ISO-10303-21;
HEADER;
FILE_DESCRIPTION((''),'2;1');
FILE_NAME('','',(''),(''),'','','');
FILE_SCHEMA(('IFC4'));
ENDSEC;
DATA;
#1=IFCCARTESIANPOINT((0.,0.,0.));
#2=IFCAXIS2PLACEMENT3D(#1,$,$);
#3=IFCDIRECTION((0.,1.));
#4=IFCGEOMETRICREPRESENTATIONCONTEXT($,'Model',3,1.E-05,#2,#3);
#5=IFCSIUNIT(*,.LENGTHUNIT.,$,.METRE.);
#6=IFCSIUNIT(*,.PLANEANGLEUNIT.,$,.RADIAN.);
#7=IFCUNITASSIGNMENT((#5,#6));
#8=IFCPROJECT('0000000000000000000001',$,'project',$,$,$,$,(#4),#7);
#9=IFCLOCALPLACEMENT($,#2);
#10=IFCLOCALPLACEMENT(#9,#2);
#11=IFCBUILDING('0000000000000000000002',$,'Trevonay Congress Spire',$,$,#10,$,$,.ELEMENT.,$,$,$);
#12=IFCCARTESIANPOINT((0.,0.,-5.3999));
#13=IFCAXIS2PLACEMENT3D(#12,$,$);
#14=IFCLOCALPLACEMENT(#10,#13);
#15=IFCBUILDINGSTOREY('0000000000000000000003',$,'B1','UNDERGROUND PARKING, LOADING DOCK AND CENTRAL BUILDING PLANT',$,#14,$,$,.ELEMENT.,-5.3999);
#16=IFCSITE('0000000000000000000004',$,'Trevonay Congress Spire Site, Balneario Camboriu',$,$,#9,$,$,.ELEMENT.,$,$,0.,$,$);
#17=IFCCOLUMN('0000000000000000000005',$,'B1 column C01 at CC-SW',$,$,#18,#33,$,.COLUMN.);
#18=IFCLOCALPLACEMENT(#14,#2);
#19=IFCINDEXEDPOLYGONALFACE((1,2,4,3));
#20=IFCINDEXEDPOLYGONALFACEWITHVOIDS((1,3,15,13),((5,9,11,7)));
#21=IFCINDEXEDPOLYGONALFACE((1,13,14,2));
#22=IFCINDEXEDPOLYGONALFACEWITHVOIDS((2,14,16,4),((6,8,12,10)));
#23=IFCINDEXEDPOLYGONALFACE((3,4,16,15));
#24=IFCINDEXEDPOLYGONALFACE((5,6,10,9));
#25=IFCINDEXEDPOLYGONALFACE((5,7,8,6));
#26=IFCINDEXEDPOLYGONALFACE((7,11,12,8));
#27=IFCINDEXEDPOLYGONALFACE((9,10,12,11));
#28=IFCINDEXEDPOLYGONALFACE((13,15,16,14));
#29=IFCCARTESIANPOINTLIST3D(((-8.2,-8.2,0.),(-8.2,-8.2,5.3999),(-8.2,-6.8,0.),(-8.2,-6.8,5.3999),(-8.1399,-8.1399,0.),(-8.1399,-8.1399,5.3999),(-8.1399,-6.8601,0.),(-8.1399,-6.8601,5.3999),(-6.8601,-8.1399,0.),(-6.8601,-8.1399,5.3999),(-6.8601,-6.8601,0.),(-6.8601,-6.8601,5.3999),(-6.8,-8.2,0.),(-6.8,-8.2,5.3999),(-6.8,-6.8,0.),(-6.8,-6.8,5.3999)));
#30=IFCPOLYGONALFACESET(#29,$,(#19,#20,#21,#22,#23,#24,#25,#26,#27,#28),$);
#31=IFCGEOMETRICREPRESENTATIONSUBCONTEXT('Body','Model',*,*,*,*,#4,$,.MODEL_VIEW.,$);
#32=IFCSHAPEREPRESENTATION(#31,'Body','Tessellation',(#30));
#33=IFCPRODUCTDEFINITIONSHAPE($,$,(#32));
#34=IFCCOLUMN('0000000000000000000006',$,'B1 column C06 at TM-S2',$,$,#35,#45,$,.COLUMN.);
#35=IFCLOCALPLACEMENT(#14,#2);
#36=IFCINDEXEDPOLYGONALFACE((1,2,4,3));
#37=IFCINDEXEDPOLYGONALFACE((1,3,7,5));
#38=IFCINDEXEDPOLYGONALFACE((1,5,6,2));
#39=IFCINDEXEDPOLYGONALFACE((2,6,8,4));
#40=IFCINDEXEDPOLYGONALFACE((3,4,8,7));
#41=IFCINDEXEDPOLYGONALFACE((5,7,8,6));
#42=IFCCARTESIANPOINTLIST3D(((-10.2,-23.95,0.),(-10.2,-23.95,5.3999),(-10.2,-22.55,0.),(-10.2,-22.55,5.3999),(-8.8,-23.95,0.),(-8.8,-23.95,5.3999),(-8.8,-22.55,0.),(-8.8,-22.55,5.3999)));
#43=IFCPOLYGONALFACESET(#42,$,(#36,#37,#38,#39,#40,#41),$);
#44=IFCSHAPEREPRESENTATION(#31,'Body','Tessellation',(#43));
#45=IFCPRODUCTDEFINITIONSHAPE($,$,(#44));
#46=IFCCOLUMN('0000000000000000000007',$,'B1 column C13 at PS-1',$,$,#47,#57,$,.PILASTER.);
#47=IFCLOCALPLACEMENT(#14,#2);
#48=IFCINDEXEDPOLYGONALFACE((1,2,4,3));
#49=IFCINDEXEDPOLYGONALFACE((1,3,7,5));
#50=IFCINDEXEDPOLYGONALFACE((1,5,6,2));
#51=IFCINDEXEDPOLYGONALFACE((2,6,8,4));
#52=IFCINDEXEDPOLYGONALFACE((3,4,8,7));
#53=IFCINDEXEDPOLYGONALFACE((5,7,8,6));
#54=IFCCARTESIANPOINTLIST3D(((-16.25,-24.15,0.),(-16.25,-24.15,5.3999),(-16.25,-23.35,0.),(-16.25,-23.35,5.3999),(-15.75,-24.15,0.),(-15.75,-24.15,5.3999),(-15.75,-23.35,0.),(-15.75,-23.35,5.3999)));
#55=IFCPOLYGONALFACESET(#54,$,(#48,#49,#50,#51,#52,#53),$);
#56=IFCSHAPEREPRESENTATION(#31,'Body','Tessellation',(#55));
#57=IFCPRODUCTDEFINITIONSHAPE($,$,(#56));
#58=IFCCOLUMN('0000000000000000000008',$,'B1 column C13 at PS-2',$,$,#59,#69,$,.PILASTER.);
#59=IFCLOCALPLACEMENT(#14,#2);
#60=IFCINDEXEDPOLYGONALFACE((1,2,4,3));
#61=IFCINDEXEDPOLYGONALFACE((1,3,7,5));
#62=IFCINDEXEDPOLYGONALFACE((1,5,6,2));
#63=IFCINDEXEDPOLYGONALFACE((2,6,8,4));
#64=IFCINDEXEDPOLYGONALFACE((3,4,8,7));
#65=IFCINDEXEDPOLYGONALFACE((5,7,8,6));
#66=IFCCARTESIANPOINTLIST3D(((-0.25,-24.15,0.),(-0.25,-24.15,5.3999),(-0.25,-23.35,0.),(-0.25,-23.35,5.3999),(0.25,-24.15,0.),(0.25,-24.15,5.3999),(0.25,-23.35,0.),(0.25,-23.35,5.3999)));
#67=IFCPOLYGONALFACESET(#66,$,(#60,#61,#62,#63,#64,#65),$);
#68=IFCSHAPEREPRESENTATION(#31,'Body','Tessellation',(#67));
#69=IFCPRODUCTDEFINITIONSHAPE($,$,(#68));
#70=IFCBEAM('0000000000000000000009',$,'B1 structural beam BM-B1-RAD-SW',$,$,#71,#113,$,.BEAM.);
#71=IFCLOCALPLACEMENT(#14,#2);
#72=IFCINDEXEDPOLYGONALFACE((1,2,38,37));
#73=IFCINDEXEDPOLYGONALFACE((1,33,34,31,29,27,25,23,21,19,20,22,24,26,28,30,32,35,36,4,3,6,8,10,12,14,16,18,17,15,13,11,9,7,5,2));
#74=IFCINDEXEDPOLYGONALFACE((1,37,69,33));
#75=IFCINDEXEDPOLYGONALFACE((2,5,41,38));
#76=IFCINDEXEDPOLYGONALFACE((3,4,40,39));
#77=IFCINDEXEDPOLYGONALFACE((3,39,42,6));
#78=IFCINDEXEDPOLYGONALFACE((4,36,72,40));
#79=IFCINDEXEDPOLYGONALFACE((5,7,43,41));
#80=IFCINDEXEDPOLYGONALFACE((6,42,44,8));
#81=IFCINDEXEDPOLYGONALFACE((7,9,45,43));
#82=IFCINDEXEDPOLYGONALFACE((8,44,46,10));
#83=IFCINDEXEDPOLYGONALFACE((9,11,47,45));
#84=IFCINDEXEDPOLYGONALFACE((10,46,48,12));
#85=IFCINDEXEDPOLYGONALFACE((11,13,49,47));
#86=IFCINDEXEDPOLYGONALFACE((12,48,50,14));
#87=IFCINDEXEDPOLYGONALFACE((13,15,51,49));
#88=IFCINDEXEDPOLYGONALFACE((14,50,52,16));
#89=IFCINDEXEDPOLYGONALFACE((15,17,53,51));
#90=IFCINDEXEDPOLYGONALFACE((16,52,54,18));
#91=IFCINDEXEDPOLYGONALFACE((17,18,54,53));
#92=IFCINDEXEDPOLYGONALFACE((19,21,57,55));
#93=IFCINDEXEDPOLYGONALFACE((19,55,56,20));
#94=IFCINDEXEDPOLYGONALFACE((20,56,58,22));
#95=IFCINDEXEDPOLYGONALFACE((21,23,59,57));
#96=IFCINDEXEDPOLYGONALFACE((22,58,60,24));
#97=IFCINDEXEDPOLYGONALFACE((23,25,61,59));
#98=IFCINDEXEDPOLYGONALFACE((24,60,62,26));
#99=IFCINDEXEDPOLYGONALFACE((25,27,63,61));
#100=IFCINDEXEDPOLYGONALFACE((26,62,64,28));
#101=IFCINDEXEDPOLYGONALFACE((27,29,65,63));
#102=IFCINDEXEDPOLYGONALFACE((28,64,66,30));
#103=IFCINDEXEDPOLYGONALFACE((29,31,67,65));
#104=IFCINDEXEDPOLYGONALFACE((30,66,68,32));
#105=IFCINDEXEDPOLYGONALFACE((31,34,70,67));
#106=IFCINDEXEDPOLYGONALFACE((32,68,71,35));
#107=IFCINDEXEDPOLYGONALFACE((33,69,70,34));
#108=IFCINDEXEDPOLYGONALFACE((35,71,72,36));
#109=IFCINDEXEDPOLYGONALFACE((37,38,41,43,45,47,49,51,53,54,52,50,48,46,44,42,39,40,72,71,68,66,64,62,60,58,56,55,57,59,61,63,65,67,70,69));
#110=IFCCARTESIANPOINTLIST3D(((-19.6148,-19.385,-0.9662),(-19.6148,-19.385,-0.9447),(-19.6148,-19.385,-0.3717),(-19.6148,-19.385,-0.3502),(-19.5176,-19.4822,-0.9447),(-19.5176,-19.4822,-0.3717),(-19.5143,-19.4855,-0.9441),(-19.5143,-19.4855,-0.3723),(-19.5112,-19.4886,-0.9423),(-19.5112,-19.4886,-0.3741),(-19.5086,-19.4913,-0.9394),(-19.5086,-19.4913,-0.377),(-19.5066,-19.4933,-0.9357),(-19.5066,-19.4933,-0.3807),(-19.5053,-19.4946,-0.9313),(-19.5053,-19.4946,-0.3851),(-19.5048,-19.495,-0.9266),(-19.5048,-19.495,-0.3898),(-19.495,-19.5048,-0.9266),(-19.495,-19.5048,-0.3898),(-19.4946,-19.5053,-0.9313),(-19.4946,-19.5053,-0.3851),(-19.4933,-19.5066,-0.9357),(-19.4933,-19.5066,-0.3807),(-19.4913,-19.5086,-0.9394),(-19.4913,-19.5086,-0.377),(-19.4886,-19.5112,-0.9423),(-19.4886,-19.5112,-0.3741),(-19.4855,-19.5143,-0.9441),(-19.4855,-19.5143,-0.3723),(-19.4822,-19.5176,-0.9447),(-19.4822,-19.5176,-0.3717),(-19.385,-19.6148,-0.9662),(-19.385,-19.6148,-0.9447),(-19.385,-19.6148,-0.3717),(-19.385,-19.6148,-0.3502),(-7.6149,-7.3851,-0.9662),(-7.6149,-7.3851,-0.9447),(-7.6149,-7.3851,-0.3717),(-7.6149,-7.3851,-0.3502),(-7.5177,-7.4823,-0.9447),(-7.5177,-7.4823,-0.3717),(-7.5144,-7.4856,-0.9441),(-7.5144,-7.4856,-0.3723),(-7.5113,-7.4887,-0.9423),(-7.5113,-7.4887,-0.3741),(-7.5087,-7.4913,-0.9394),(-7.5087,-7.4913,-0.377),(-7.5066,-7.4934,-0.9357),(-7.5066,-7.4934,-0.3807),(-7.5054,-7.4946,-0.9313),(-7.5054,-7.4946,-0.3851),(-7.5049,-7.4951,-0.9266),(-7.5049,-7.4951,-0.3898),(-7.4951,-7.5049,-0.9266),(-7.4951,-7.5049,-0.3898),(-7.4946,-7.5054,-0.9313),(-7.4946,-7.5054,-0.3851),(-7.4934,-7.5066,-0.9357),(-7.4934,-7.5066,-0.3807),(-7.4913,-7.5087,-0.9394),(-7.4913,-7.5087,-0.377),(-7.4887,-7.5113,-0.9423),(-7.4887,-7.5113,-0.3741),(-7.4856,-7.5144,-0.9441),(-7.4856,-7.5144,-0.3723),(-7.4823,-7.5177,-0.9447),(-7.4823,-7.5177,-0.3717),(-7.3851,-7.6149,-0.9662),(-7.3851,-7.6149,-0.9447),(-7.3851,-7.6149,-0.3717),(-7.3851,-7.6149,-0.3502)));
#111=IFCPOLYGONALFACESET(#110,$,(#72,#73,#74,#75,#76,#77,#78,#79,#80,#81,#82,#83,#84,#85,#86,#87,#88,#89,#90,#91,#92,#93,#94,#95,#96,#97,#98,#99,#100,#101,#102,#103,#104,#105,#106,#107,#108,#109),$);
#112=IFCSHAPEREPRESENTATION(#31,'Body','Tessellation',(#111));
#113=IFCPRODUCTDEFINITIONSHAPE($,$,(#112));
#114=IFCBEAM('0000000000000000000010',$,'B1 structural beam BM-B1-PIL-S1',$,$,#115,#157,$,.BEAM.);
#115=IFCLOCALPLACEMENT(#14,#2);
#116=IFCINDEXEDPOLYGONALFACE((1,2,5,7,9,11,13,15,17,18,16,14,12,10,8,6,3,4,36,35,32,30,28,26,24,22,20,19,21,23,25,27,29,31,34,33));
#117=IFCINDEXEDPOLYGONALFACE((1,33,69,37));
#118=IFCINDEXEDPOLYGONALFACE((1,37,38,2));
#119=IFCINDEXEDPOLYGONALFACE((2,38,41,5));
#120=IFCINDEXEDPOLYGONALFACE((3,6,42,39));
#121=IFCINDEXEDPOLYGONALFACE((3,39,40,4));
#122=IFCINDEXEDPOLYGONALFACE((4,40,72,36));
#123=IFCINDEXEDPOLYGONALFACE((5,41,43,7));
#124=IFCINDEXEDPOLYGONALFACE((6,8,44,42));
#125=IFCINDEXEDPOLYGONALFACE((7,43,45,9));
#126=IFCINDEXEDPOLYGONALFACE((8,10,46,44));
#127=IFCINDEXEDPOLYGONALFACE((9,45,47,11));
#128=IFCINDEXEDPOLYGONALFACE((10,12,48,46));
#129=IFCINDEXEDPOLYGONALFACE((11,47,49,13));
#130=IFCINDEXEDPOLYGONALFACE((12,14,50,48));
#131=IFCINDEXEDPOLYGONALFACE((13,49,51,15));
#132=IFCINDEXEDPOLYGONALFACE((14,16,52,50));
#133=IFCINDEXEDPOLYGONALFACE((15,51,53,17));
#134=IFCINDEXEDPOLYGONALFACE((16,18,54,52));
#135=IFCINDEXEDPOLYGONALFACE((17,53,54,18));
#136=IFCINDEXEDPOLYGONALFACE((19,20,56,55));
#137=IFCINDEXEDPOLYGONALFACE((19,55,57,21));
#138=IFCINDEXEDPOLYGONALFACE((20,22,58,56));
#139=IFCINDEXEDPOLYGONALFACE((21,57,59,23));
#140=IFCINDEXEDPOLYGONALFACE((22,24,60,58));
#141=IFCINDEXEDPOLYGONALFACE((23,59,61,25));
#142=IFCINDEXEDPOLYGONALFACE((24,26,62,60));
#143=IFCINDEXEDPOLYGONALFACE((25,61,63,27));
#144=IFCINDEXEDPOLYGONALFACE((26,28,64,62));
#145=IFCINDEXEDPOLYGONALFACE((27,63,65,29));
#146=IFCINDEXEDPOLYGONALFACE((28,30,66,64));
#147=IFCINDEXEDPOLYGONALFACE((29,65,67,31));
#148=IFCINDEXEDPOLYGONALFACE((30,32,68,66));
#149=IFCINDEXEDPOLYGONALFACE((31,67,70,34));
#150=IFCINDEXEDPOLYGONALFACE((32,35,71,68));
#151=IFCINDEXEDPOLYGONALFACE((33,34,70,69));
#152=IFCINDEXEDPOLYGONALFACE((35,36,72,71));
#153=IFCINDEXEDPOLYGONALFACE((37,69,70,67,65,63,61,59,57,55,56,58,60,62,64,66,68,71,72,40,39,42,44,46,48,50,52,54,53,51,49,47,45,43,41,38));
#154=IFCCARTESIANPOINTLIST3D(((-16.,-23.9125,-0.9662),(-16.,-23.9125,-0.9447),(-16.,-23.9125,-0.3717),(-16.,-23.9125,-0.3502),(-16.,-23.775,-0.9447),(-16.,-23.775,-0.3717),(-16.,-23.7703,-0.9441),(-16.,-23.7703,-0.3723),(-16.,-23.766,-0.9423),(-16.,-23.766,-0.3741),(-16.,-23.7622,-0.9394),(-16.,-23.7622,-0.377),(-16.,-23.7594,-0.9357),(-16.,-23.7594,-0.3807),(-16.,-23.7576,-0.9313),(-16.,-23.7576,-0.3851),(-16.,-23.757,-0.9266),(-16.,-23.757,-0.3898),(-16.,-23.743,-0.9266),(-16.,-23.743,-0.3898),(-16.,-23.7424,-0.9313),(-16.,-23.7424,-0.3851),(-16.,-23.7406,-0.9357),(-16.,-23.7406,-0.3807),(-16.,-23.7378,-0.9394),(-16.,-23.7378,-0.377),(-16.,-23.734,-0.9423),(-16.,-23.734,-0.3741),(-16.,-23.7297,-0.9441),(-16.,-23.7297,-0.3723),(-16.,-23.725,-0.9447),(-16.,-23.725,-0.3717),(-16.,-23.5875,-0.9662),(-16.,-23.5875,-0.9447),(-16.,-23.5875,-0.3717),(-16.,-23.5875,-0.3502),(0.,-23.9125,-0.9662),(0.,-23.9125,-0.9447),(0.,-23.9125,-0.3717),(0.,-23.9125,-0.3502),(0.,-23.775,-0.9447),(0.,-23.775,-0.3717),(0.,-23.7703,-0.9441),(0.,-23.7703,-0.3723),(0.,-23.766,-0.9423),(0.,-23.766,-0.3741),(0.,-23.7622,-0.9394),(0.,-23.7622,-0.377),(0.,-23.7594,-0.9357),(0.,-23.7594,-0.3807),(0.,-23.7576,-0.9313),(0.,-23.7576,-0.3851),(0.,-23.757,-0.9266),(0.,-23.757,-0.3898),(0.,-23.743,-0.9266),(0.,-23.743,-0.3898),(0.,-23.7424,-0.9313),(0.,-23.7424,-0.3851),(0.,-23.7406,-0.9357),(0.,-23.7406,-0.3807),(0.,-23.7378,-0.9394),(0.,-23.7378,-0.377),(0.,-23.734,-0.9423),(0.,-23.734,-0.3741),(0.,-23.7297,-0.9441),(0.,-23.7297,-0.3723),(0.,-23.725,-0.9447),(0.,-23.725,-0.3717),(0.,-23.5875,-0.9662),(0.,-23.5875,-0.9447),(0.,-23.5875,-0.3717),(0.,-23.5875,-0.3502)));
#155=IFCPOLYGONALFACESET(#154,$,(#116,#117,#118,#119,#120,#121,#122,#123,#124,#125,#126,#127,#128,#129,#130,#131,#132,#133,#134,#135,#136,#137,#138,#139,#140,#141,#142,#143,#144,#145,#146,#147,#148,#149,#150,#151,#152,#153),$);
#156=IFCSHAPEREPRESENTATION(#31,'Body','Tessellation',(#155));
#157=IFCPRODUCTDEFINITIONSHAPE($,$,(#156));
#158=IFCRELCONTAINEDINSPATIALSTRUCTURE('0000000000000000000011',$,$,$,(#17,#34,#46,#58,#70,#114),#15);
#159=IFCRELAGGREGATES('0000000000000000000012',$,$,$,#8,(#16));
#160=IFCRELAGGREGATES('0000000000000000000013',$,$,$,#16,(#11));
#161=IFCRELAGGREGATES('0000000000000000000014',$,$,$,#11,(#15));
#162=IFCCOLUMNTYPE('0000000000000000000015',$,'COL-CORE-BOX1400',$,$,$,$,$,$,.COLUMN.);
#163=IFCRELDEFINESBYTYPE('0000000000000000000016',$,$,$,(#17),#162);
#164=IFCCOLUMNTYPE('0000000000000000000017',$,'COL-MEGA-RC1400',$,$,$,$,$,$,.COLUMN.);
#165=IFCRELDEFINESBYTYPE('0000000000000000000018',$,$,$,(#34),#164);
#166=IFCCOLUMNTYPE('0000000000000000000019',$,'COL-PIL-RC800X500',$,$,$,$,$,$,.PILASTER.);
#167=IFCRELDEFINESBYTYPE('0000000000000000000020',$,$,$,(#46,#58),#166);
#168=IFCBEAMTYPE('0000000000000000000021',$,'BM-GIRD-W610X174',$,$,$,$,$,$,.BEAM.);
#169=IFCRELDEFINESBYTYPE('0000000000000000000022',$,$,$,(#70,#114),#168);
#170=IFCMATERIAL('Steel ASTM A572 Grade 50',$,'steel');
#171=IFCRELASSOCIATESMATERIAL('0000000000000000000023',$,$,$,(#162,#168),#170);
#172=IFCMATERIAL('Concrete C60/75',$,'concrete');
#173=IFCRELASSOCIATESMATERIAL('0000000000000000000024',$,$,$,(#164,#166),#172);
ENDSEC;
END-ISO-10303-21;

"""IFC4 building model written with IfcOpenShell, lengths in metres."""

from ifc_helpers import new_model, si_unit, direction, frame, origin, origin_2d, place, context, subcontext, project, spatial, rectangle, hollow_rectangle, i_section, extrude, material, material_profile, profile_set, type_object, element, save


model = new_model("IFC4")

# Units and contexts
model_context = context("Model", 3, precision=1e-05, world=origin(), true_north=direction((0.0, 1.0)))
body_context = subcontext(model_context, "Body", "Model", "MODEL_VIEW")
ifc_project = project(units=[si_unit("LENGTHUNIT", "METRE"), si_unit("PLANEANGLEUNIT", "RADIAN")], contexts=[model_context])

# Site, building, storey
site_placement = place(None, origin())
site = spatial("IfcSite", under=ifc_project, at=site_placement, Name="Trevonay Congress Spire Site, Balneario Camboriu", CompositionType="ELEMENT", RefElevation=0.0)
building_placement = place(site_placement, origin())
building = spatial("IfcBuilding", under=site, at=building_placement, Name="Trevonay Congress Spire", CompositionType="ELEMENT")
storey_placement = place(building_placement, frame((0.0, 0.0, -5.3999)))
storey = spatial("IfcBuildingStorey", under=building, at=storey_placement, Name="B1", Description="UNDERGROUND PARKING, LOADING DOCK AND CENTRAL BUILDING PLANT", CompositionType="ELEMENT", Elevation=-5.3999)

# Columns
ifc_material_1 = material(Name="Steel ASTM A572 Grade 50", Category="steel")
ifc_material_profile_1 = material_profile(ifc_material_1, hollow_rectangle(XDim=1.3999, YDim=1.3999, WallThickness=0.0601, at=origin_2d()), Name="BOX 1400x1400x60")
ifc_profile_set_1 = profile_set([ifc_material_profile_1], Name="Steel ASTM A572 Grade 50")
column_type_1 = type_object("IfcColumnType", Name="COL-CORE-BOX1400", PredefinedType="COLUMN", material=ifc_profile_set_1)
column_1_placement = place(storey_placement, frame((-7.5, -7.5, 0.0), z_axis=(0.0, 0.0, 1.0), x_axis=(1.0, 0.0, 0.0)))
element("IfcColumn", 1, at=column_1_placement, inside=storey, type_object=column_type_1, Name="B1 column C01 at CC-SW", PredefinedType="COLUMN", context=body_context, shape_type="SweptSolid", body=[
    extrude(hollow_rectangle(XDim=1.3999, YDim=1.3999, WallThickness=0.0601, at=origin_2d()), origin(), (0.0, 0.0, 1.0), 5.3999),
])
ifc_material_2 = material(Name="Concrete C60/75", Category="concrete")
ifc_material_profile_2 = material_profile(ifc_material_2, rectangle(XDim=1.3999, YDim=1.3999, at=origin_2d()), Name="RC 1400x1400")
ifc_profile_set_2 = profile_set([ifc_material_profile_2], Name="Concrete C60/75")
column_type_2 = type_object("IfcColumnType", Name="COL-MEGA-RC1400", PredefinedType="COLUMN", material=ifc_profile_set_2)
column_2_placement = place(storey_placement, frame((-9.5, -23.25, 0.0), z_axis=(0.0, 0.0, 1.0), x_axis=(1.0, 0.0, 0.0)))
element("IfcColumn", 2, at=column_2_placement, inside=storey, type_object=column_type_2, Name="B1 column C06 at TM-S2", PredefinedType="COLUMN", context=body_context, shape_type="SweptSolid", body=[
    extrude(rectangle(XDim=1.3999, YDim=1.3999, at=origin_2d()), origin(), (0.0, 0.0, 1.0), 5.3999),
])
ifc_material_profile_3 = material_profile(ifc_material_2, rectangle(XDim=0.5, YDim=0.8, at=origin_2d()), Name="RC 800x500")
ifc_profile_set_3 = profile_set([ifc_material_profile_3], Name="Concrete C60/75")
column_type_3 = type_object("IfcColumnType", Name="COL-PIL-RC800X500", PredefinedType="PILASTER", material=ifc_profile_set_3)
for number, where, z_axis, x_axis, name in (
    (3, (-16.0, -23.75, 0.0), (0.0, 0.0, 1.0), (1.0, 0.0, 0.0), "B1 column C13 at PS-1"),
    (4, (0.0, -23.75, 0.0), (0.0, 0.0, 1.0), (1.0, 0.0, 0.0), "B1 column C13 at PS-2"),
):
    element("IfcColumn", number, at=place(storey_placement, frame(where, z_axis=z_axis, x_axis=x_axis)), inside=storey, type_object=column_type_3, Name=name, PredefinedType="PILASTER", context=body_context, shape_type="SweptSolid", body=[
        extrude(rectangle(XDim=0.5, YDim=0.8, at=origin_2d()), origin(), (0.0, 0.0, 1.0), 5.3999),
    ])

# Beams
ifc_material_profile_4 = material_profile(ifc_material_1, i_section(OverallWidth=0.325, OverallDepth=0.616, WebThickness=0.0139, FlangeThickness=0.0215, FilletRadius=0.0181, at=origin_2d()), Name="W610x174")
ifc_profile_set_4 = profile_set([ifc_material_profile_4], Name="Steel ASTM A572 Grade 50")
beam_type_1 = type_object("IfcBeamType", Name="BM-GIRD-W610X174", PredefinedType="BEAM", material=ifc_profile_set_4)
beam_1_placement = place(storey_placement, frame((-7.5, -7.5, -0.6582), z_axis=(-0.707107, -0.707107, 0.0), x_axis=(0.707107, -0.707107, 0.0)))
element("IfcBeam", 5, at=beam_1_placement, inside=storey, type_object=beam_type_1, Name="B1 structural beam BM-B1-RAD-SW", PredefinedType="BEAM", context=body_context, shape_type="SweptSolid", body=[
    extrude(i_section(OverallWidth=0.325, OverallDepth=0.616, WebThickness=0.0139, FlangeThickness=0.0215, FilletRadius=0.0181, at=origin_2d()), origin(), (0.0, 0.0, 1.0), 16.9705),
])
for number, where, z_axis, x_axis, name in (
    (6, (-16.0, -23.75, -0.6582), (1.0, 0.0, 0.0), (0.0, 1.0, 0.0), "B1 structural beam BM-B1-PIL-S1"),
):
    element("IfcBeam", number, at=place(storey_placement, frame(where, z_axis=z_axis, x_axis=x_axis)), inside=storey, type_object=beam_type_1, Name=name, PredefinedType="BEAM", context=body_context, shape_type="SweptSolid", body=[
        extrude(i_section(OverallWidth=0.325, OverallDepth=0.616, WebThickness=0.0139, FlangeThickness=0.0215, FilletRadius=0.0181, at=origin_2d()), origin(), (0.0, 0.0, 1.0), 16.0),
    ])

save(model, "model.ifc")
